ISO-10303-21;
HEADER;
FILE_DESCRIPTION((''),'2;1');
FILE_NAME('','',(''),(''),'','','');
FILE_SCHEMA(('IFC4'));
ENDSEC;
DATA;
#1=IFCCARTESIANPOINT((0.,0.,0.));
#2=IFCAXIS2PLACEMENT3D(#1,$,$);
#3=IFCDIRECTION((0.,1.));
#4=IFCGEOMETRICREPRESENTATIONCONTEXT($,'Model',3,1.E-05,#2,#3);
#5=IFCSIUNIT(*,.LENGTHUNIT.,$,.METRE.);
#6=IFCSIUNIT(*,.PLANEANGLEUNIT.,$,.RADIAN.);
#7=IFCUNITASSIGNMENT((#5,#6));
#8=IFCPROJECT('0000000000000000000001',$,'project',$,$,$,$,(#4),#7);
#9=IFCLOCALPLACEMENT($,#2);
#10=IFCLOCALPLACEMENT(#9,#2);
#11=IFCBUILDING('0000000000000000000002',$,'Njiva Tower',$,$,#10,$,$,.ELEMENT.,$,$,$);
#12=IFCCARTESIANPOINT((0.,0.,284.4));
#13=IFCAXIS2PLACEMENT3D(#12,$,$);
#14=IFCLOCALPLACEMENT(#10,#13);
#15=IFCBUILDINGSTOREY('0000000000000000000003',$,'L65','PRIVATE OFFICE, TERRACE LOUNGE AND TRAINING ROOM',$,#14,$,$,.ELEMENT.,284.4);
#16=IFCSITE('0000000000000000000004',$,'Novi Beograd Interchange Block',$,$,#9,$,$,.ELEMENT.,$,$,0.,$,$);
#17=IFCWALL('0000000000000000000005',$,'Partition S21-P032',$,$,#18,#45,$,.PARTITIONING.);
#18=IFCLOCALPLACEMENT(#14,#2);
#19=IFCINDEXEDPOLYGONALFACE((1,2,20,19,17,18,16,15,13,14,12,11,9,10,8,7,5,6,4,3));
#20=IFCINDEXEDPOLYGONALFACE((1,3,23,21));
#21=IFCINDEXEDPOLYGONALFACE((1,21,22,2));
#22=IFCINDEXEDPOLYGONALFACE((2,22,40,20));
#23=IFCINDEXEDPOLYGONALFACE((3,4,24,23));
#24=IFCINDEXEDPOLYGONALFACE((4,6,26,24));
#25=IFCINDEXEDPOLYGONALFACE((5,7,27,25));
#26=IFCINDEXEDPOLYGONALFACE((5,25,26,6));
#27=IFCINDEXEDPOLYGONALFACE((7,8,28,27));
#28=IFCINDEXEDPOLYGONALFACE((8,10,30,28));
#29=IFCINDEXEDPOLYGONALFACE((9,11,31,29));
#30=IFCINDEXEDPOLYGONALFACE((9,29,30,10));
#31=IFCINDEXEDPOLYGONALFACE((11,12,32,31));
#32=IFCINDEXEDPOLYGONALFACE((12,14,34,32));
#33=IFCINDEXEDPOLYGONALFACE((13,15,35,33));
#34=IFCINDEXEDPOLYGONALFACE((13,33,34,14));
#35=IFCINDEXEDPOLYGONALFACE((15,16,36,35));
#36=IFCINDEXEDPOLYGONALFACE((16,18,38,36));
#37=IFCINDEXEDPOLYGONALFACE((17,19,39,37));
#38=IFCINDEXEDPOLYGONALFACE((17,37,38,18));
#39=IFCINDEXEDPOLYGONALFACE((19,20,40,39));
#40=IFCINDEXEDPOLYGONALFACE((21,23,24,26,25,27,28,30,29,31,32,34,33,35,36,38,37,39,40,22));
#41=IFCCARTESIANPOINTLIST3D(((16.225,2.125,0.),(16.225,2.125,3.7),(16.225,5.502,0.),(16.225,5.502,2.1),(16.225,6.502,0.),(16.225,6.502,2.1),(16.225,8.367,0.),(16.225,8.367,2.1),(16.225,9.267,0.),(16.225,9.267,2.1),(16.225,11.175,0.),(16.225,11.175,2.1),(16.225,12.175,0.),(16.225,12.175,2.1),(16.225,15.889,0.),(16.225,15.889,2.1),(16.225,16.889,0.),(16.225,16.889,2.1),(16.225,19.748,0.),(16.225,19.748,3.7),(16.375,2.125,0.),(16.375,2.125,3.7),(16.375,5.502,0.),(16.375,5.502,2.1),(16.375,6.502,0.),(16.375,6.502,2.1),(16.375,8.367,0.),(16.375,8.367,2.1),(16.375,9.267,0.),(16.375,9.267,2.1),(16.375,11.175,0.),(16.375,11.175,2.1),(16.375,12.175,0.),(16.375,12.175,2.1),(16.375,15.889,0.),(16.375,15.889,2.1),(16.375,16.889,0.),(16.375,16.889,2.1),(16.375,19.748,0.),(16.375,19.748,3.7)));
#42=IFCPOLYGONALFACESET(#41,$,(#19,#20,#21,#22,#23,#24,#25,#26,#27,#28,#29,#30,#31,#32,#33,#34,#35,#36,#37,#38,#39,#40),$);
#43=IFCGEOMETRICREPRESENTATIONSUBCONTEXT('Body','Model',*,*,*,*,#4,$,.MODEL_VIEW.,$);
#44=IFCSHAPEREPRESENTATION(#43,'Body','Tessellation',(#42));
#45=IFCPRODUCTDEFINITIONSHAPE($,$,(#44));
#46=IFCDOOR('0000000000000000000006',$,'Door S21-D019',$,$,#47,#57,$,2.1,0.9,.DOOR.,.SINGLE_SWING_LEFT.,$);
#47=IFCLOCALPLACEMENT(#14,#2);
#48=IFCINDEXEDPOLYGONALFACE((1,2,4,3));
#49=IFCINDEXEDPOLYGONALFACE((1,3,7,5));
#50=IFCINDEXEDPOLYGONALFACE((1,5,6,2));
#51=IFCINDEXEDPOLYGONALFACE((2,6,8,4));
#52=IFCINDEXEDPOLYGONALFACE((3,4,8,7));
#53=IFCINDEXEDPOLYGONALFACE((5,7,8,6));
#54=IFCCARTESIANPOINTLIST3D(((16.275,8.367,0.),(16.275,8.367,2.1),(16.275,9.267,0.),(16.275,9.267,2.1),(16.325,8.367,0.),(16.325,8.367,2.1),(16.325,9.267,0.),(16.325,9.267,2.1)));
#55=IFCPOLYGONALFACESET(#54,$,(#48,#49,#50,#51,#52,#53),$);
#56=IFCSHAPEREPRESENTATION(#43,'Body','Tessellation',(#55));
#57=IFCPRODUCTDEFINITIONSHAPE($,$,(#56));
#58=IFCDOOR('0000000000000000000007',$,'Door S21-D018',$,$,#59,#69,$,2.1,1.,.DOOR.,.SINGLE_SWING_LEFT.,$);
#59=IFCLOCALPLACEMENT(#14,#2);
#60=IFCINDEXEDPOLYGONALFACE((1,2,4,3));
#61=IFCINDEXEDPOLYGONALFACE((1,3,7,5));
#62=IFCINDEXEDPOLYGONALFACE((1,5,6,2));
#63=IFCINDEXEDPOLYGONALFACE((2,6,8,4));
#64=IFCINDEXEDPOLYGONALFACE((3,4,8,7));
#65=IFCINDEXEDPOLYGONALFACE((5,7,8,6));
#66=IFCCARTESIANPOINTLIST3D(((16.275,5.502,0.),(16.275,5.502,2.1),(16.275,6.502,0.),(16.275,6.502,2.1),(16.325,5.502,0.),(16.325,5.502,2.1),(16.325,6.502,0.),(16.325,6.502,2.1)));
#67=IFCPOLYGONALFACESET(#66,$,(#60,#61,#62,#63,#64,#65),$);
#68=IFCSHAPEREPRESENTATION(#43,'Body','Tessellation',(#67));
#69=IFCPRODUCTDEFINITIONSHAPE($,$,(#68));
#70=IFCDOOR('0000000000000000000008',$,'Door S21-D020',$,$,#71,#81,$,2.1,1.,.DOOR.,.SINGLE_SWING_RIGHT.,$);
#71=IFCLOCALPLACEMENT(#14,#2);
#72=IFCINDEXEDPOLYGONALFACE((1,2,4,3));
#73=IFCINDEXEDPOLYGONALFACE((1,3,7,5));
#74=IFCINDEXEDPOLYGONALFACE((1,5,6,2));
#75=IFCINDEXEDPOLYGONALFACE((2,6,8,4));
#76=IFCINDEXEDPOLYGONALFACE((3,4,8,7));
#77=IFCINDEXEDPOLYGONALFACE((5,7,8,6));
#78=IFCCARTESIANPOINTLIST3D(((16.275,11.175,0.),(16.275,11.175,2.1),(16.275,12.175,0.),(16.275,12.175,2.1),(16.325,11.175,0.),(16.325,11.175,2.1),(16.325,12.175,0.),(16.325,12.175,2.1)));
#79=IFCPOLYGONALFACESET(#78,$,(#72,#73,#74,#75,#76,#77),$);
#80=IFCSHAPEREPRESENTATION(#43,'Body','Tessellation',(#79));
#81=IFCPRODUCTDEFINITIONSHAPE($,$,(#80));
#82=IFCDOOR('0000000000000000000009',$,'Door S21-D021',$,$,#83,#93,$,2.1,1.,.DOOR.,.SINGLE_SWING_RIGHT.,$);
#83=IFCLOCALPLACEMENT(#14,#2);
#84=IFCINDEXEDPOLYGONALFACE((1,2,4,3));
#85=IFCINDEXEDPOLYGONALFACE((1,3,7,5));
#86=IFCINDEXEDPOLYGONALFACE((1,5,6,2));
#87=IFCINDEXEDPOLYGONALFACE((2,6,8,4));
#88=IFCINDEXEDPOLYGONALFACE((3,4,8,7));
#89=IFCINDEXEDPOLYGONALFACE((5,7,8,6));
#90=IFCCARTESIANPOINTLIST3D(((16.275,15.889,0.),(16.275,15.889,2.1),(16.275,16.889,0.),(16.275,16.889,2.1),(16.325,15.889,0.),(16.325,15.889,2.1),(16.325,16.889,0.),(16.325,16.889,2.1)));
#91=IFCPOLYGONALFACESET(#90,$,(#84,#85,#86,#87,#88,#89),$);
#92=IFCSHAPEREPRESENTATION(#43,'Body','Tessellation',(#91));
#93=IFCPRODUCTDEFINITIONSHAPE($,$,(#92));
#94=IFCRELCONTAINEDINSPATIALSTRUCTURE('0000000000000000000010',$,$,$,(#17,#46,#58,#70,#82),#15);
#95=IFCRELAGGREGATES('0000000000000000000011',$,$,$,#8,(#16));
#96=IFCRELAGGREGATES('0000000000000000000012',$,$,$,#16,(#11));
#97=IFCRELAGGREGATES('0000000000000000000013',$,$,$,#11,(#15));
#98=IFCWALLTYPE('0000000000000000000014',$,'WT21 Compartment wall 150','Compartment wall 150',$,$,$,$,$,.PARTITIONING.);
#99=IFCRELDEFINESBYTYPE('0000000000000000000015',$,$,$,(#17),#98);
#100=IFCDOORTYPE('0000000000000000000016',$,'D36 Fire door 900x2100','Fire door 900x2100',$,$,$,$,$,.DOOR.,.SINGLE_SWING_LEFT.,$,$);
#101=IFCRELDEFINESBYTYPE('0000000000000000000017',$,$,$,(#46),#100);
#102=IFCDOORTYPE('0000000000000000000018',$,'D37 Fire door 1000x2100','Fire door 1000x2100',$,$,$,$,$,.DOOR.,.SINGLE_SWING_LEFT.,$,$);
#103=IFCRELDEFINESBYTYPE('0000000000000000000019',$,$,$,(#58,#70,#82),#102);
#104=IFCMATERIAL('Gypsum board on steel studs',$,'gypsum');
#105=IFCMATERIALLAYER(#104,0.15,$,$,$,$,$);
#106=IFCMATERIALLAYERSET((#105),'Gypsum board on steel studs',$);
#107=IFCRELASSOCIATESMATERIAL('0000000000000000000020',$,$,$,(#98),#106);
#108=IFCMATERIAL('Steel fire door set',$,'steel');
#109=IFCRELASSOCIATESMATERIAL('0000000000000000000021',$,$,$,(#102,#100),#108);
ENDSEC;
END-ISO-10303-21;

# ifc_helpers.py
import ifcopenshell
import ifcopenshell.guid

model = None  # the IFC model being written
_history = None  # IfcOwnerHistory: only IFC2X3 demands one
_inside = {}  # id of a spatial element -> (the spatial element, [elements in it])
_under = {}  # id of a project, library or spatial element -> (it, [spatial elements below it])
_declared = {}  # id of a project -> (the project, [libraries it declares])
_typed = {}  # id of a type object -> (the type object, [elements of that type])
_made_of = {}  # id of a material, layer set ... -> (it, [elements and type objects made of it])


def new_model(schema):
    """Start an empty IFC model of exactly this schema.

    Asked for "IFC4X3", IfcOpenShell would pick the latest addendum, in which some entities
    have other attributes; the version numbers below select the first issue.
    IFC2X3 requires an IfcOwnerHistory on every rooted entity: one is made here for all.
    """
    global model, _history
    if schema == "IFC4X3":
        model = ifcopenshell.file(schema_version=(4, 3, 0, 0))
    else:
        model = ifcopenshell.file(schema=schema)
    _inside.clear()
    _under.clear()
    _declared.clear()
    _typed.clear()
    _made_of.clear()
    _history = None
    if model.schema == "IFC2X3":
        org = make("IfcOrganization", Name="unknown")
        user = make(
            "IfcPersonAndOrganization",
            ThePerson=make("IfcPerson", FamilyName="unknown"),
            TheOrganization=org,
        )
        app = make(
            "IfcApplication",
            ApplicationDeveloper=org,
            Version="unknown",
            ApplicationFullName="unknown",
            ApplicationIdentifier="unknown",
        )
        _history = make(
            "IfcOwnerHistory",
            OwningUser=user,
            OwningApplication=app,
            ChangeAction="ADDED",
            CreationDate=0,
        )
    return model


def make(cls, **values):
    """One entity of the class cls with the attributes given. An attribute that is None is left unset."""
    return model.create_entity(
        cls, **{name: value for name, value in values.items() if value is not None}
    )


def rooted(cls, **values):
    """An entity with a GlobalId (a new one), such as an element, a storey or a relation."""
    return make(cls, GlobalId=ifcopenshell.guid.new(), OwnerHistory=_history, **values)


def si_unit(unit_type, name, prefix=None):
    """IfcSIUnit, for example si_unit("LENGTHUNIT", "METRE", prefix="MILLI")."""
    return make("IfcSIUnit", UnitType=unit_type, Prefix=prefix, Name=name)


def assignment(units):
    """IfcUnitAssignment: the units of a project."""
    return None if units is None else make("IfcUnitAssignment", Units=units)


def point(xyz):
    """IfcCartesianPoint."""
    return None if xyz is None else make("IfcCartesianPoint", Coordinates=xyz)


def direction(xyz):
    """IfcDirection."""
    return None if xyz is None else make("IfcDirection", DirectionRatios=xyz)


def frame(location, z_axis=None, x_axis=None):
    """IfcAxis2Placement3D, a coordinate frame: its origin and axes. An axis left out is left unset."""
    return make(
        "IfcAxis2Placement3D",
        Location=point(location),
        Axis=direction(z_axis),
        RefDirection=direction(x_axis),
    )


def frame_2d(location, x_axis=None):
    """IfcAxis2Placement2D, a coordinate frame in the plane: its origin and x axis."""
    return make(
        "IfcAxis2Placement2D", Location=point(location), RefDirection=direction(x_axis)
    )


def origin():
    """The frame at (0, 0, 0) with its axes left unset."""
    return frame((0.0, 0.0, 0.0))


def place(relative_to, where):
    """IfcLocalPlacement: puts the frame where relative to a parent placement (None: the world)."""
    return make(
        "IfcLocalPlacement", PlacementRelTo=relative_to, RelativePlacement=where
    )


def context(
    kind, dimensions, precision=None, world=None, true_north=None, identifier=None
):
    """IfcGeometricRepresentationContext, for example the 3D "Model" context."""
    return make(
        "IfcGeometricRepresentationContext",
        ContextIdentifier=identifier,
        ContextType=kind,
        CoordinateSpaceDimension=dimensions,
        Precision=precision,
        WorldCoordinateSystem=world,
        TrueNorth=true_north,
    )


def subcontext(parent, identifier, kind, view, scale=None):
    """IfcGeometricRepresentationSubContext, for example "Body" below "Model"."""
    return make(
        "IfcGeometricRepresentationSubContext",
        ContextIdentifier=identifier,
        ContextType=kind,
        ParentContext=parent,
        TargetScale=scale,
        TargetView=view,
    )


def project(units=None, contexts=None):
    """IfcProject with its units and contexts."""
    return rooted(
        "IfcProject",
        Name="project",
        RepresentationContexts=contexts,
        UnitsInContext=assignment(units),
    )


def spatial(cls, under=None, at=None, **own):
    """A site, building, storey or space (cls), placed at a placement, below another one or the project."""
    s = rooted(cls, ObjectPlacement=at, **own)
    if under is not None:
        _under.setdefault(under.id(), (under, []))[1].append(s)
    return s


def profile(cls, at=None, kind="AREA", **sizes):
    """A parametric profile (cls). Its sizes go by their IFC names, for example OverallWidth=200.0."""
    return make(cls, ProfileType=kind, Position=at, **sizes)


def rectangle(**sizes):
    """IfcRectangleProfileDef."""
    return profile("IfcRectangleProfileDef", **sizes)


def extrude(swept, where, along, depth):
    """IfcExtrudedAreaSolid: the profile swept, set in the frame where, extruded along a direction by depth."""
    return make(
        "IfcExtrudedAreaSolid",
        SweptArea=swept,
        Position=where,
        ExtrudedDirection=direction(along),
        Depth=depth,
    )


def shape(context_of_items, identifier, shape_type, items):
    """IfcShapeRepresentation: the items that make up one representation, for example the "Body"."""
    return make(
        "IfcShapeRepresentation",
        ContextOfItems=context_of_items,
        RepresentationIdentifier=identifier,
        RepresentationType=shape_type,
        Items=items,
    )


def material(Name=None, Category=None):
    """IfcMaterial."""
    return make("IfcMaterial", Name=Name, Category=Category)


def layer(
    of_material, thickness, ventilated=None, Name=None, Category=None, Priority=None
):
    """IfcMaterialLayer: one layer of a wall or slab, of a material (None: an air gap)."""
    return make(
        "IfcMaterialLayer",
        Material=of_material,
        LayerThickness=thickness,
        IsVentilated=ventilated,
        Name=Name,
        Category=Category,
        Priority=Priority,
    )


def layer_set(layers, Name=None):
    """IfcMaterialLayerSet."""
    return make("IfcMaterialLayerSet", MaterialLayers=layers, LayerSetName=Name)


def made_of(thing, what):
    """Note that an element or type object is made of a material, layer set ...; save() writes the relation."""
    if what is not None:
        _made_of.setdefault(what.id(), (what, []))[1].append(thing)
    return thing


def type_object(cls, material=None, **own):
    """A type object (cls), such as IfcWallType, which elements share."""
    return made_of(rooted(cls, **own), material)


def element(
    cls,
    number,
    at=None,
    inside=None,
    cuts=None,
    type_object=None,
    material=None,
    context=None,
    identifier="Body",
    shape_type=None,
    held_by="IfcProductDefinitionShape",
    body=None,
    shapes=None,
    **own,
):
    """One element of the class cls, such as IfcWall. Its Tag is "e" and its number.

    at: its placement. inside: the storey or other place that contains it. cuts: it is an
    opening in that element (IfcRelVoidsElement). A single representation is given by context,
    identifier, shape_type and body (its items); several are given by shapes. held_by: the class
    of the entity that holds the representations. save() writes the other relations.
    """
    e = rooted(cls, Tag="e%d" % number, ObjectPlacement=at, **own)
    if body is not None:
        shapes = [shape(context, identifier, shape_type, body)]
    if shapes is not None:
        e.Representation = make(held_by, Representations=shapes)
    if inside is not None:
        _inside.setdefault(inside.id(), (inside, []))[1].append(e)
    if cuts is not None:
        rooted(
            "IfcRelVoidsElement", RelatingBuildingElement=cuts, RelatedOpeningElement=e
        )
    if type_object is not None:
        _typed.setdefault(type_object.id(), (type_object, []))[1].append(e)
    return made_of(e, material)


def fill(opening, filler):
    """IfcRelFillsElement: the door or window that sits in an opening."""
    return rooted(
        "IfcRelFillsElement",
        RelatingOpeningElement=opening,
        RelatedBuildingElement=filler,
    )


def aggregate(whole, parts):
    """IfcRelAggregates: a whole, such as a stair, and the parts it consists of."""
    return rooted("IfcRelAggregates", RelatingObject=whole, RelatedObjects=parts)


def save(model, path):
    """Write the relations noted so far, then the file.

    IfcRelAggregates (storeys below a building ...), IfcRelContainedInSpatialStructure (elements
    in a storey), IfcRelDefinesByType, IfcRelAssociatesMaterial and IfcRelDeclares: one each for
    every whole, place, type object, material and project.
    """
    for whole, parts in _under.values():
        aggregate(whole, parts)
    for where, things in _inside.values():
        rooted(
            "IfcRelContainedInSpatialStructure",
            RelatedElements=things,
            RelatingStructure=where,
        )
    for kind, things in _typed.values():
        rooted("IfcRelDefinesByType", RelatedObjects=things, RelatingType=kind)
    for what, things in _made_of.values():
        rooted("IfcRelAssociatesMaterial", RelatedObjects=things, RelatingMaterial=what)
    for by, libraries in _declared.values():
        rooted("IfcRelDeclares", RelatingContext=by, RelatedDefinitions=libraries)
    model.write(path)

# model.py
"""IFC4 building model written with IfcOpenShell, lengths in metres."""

from ifc_helpers import new_model, si_unit, direction, frame, frame_2d, origin, place, context, subcontext, project, spatial, rectangle, extrude, material, layer, layer_set, type_object, element, fill, save


model = new_model("IFC4")

# Units and contexts
model_context = context("Model", 3, precision=1e-05, world=origin(), true_north=direction((0.0, 1.0)))
body_context = subcontext(model_context, "Body", "Model", "MODEL_VIEW")
ifc_project = project(units=[si_unit("LENGTHUNIT", "METRE"), si_unit("PLANEANGLEUNIT", "RADIAN")], contexts=[model_context])

# Site, building, storey
site_placement = place(None, origin())
site = spatial("IfcSite", under=ifc_project, at=site_placement, Name="Novi Beograd Interchange Block", CompositionType="ELEMENT", RefElevation=0.0)
building_placement = place(site_placement, origin())
building = spatial("IfcBuilding", under=site, at=building_placement, Name="Njiva Tower", CompositionType="ELEMENT")
storey_placement = place(building_placement, frame((0.0, 0.0, 284.4)))
storey = spatial("IfcBuildingStorey", under=building, at=storey_placement, Name="L65", Description="PRIVATE OFFICE, TERRACE LOUNGE AND TRAINING ROOM", CompositionType="ELEMENT", Elevation=284.4)

# Shared definitions
ifc_material_1 = material(Name="Gypsum board on steel studs", Category="gypsum")

# Shared definitions
ifc_layer_1 = layer(ifc_material_1, 0.15)
ifc_layer_set_1 = layer_set([ifc_layer_1], Name="Gypsum board on steel studs")
wall_type_1 = type_object("IfcWallType", Name="WT21 Compartment wall 150", Description="Compartment wall 150", PredefinedType="PARTITIONING", material=ifc_layer_set_1)
ifc_material_2 = material(Name="Steel fire door set", Category="steel")
door_type_1 = type_object("IfcDoorType", Name="D37 Fire door 1000x2100", Description="Fire door 1000x2100", OperationType="SINGLE_SWING_LEFT", PredefinedType="DOOR", material=ifc_material_2)

# Wall, openings, doors
wall_1_placement = place(storey_placement, frame((16.3, 2.125, 0.0), z_axis=(0.0, 0.0, 1.0), x_axis=(0.0, 1.0, 0.0)))
wall_1 = element("IfcWall", 1, at=wall_1_placement, inside=storey, type_object=wall_type_1, Name="Partition S21-P032", PredefinedType="PARTITIONING", context=body_context, shape_type="SweptSolid", body=[
    extrude(rectangle(XDim=17.623, YDim=0.15, at=frame_2d((8.8115, 0.0))), origin(), (0.0, 0.0, 1.0), 3.7),
])
opening_1_placement = place(wall_1_placement, frame((3.377, 0.0, 0.0)))
opening_1 = element("IfcOpeningElement", 2, at=opening_1_placement, cuts=wall_1, PredefinedType="OPENING", context=body_context, shape_type="SweptSolid", body=[
    extrude(rectangle(XDim=1.0, YDim=2.1, at=frame_2d((0.5, 1.05))), frame((0.0, 0.085, 0.0), z_axis=(0.0, -1.0, 0.0), x_axis=(1.0, 0.0, 0.0)), (0.0, 0.0, 1.0), 0.17),
])
opening_2_placement = place(wall_1_placement, frame((6.242, 0.0, 0.0)))
opening_2 = element("IfcOpeningElement", 3, at=opening_2_placement, cuts=wall_1, PredefinedType="OPENING", context=body_context, shape_type="SweptSolid", body=[
    extrude(rectangle(XDim=0.9, YDim=2.1, at=frame_2d((0.45, 1.05))), frame((0.0, 0.085, 0.0), z_axis=(0.0, -1.0, 0.0), x_axis=(1.0, 0.0, 0.0)), (0.0, 0.0, 1.0), 0.17),
])
opening_3_placement = place(wall_1_placement, frame((9.05, 0.0, 0.0)))
opening_3 = element("IfcOpeningElement", 4, at=opening_3_placement, cuts=wall_1, PredefinedType="OPENING", context=body_context, shape_type="SweptSolid", body=[
    extrude(rectangle(XDim=1.0, YDim=2.1, at=frame_2d((0.5, 1.05))), frame((0.0, 0.085, 0.0), z_axis=(0.0, -1.0, 0.0), x_axis=(1.0, 0.0, 0.0)), (0.0, 0.0, 1.0), 0.17),
])
opening_4_placement = place(wall_1_placement, frame((13.764, 0.0, 0.0)))
opening_4 = element("IfcOpeningElement", 5, at=opening_4_placement, cuts=wall_1, PredefinedType="OPENING", context=body_context, shape_type="SweptSolid", body=[
    extrude(rectangle(XDim=1.0, YDim=2.1, at=frame_2d((0.5, 1.05))), frame((0.0, 0.085, 0.0), z_axis=(0.0, -1.0, 0.0), x_axis=(1.0, 0.0, 0.0)), (0.0, 0.0, 1.0), 0.17),
])
door_type_2 = type_object("IfcDoorType", Name="D36 Fire door 900x2100", Description="Fire door 900x2100", OperationType="SINGLE_SWING_LEFT", PredefinedType="DOOR", material=ifc_material_2)
door_1_placement = place(opening_2_placement, origin())
door_1 = element("IfcDoor", 6, at=door_1_placement, inside=storey, type_object=door_type_2, Name="Door S21-D019", OperationType="SINGLE_SWING_LEFT", OverallHeight=2.1, OverallWidth=0.9, PredefinedType="DOOR", context=body_context, shape_type="SweptSolid", body=[
    extrude(rectangle(XDim=0.9, YDim=2.1, at=frame_2d((0.45, 1.05))), frame((0.0, 0.025, 0.0), z_axis=(0.0, -1.0, 0.0), x_axis=(1.0, 0.0, 0.0)), (0.0, 0.0, 1.0), 0.05),
])
fill(opening_2, door_1)
door_2_placement = place(opening_1_placement, origin())
door_2 = element("IfcDoor", 7, at=door_2_placement, inside=storey, type_object=door_type_1, Name="Door S21-D018", OperationType="SINGLE_SWING_LEFT", OverallHeight=2.1, OverallWidth=1.0, PredefinedType="DOOR", context=body_context, shape_type="SweptSolid", body=[
    extrude(rectangle(XDim=1.0, YDim=2.1, at=frame_2d((0.5, 1.05))), frame((0.0, 0.025, 0.0), z_axis=(0.0, -1.0, 0.0), x_axis=(1.0, 0.0, 0.0)), (0.0, 0.0, 1.0), 0.05),
])
fill(opening_1, door_2)
door_3_placement = place(opening_3_placement, origin())
door_3 = element("IfcDoor", 8, at=door_3_placement, inside=storey, type_object=door_type_1, Name="Door S21-D020", OperationType="SINGLE_SWING_RIGHT", OverallHeight=2.1, OverallWidth=1.0, PredefinedType="DOOR", context=body_context, shape_type="SweptSolid", body=[
    extrude(rectangle(XDim=1.0, YDim=2.1, at=frame_2d((0.5, 1.05))), frame((0.0, 0.025, 0.0), z_axis=(0.0, -1.0, 0.0), x_axis=(1.0, 0.0, 0.0)), (0.0, 0.0, 1.0), 0.05),
])
fill(opening_3, door_3)
door_4_placement = place(opening_4_placement, origin())
door_4 = element("IfcDoor", 9, at=door_4_placement, inside=storey, type_object=door_type_1, Name="Door S21-D021", OperationType="SINGLE_SWING_RIGHT", OverallHeight=2.1, OverallWidth=1.0, PredefinedType="DOOR", context=body_context, shape_type="SweptSolid", body=[
    extrude(rectangle(XDim=1.0, YDim=2.1, at=frame_2d((0.5, 1.05))), frame((0.0, 0.025, 0.0), z_axis=(0.0, -1.0, 0.0), x_axis=(1.0, 0.0, 0.0)), (0.0, 0.0, 1.0), 0.05),
])
fill(opening_4, door_4)

save(model, "model.ifc")
